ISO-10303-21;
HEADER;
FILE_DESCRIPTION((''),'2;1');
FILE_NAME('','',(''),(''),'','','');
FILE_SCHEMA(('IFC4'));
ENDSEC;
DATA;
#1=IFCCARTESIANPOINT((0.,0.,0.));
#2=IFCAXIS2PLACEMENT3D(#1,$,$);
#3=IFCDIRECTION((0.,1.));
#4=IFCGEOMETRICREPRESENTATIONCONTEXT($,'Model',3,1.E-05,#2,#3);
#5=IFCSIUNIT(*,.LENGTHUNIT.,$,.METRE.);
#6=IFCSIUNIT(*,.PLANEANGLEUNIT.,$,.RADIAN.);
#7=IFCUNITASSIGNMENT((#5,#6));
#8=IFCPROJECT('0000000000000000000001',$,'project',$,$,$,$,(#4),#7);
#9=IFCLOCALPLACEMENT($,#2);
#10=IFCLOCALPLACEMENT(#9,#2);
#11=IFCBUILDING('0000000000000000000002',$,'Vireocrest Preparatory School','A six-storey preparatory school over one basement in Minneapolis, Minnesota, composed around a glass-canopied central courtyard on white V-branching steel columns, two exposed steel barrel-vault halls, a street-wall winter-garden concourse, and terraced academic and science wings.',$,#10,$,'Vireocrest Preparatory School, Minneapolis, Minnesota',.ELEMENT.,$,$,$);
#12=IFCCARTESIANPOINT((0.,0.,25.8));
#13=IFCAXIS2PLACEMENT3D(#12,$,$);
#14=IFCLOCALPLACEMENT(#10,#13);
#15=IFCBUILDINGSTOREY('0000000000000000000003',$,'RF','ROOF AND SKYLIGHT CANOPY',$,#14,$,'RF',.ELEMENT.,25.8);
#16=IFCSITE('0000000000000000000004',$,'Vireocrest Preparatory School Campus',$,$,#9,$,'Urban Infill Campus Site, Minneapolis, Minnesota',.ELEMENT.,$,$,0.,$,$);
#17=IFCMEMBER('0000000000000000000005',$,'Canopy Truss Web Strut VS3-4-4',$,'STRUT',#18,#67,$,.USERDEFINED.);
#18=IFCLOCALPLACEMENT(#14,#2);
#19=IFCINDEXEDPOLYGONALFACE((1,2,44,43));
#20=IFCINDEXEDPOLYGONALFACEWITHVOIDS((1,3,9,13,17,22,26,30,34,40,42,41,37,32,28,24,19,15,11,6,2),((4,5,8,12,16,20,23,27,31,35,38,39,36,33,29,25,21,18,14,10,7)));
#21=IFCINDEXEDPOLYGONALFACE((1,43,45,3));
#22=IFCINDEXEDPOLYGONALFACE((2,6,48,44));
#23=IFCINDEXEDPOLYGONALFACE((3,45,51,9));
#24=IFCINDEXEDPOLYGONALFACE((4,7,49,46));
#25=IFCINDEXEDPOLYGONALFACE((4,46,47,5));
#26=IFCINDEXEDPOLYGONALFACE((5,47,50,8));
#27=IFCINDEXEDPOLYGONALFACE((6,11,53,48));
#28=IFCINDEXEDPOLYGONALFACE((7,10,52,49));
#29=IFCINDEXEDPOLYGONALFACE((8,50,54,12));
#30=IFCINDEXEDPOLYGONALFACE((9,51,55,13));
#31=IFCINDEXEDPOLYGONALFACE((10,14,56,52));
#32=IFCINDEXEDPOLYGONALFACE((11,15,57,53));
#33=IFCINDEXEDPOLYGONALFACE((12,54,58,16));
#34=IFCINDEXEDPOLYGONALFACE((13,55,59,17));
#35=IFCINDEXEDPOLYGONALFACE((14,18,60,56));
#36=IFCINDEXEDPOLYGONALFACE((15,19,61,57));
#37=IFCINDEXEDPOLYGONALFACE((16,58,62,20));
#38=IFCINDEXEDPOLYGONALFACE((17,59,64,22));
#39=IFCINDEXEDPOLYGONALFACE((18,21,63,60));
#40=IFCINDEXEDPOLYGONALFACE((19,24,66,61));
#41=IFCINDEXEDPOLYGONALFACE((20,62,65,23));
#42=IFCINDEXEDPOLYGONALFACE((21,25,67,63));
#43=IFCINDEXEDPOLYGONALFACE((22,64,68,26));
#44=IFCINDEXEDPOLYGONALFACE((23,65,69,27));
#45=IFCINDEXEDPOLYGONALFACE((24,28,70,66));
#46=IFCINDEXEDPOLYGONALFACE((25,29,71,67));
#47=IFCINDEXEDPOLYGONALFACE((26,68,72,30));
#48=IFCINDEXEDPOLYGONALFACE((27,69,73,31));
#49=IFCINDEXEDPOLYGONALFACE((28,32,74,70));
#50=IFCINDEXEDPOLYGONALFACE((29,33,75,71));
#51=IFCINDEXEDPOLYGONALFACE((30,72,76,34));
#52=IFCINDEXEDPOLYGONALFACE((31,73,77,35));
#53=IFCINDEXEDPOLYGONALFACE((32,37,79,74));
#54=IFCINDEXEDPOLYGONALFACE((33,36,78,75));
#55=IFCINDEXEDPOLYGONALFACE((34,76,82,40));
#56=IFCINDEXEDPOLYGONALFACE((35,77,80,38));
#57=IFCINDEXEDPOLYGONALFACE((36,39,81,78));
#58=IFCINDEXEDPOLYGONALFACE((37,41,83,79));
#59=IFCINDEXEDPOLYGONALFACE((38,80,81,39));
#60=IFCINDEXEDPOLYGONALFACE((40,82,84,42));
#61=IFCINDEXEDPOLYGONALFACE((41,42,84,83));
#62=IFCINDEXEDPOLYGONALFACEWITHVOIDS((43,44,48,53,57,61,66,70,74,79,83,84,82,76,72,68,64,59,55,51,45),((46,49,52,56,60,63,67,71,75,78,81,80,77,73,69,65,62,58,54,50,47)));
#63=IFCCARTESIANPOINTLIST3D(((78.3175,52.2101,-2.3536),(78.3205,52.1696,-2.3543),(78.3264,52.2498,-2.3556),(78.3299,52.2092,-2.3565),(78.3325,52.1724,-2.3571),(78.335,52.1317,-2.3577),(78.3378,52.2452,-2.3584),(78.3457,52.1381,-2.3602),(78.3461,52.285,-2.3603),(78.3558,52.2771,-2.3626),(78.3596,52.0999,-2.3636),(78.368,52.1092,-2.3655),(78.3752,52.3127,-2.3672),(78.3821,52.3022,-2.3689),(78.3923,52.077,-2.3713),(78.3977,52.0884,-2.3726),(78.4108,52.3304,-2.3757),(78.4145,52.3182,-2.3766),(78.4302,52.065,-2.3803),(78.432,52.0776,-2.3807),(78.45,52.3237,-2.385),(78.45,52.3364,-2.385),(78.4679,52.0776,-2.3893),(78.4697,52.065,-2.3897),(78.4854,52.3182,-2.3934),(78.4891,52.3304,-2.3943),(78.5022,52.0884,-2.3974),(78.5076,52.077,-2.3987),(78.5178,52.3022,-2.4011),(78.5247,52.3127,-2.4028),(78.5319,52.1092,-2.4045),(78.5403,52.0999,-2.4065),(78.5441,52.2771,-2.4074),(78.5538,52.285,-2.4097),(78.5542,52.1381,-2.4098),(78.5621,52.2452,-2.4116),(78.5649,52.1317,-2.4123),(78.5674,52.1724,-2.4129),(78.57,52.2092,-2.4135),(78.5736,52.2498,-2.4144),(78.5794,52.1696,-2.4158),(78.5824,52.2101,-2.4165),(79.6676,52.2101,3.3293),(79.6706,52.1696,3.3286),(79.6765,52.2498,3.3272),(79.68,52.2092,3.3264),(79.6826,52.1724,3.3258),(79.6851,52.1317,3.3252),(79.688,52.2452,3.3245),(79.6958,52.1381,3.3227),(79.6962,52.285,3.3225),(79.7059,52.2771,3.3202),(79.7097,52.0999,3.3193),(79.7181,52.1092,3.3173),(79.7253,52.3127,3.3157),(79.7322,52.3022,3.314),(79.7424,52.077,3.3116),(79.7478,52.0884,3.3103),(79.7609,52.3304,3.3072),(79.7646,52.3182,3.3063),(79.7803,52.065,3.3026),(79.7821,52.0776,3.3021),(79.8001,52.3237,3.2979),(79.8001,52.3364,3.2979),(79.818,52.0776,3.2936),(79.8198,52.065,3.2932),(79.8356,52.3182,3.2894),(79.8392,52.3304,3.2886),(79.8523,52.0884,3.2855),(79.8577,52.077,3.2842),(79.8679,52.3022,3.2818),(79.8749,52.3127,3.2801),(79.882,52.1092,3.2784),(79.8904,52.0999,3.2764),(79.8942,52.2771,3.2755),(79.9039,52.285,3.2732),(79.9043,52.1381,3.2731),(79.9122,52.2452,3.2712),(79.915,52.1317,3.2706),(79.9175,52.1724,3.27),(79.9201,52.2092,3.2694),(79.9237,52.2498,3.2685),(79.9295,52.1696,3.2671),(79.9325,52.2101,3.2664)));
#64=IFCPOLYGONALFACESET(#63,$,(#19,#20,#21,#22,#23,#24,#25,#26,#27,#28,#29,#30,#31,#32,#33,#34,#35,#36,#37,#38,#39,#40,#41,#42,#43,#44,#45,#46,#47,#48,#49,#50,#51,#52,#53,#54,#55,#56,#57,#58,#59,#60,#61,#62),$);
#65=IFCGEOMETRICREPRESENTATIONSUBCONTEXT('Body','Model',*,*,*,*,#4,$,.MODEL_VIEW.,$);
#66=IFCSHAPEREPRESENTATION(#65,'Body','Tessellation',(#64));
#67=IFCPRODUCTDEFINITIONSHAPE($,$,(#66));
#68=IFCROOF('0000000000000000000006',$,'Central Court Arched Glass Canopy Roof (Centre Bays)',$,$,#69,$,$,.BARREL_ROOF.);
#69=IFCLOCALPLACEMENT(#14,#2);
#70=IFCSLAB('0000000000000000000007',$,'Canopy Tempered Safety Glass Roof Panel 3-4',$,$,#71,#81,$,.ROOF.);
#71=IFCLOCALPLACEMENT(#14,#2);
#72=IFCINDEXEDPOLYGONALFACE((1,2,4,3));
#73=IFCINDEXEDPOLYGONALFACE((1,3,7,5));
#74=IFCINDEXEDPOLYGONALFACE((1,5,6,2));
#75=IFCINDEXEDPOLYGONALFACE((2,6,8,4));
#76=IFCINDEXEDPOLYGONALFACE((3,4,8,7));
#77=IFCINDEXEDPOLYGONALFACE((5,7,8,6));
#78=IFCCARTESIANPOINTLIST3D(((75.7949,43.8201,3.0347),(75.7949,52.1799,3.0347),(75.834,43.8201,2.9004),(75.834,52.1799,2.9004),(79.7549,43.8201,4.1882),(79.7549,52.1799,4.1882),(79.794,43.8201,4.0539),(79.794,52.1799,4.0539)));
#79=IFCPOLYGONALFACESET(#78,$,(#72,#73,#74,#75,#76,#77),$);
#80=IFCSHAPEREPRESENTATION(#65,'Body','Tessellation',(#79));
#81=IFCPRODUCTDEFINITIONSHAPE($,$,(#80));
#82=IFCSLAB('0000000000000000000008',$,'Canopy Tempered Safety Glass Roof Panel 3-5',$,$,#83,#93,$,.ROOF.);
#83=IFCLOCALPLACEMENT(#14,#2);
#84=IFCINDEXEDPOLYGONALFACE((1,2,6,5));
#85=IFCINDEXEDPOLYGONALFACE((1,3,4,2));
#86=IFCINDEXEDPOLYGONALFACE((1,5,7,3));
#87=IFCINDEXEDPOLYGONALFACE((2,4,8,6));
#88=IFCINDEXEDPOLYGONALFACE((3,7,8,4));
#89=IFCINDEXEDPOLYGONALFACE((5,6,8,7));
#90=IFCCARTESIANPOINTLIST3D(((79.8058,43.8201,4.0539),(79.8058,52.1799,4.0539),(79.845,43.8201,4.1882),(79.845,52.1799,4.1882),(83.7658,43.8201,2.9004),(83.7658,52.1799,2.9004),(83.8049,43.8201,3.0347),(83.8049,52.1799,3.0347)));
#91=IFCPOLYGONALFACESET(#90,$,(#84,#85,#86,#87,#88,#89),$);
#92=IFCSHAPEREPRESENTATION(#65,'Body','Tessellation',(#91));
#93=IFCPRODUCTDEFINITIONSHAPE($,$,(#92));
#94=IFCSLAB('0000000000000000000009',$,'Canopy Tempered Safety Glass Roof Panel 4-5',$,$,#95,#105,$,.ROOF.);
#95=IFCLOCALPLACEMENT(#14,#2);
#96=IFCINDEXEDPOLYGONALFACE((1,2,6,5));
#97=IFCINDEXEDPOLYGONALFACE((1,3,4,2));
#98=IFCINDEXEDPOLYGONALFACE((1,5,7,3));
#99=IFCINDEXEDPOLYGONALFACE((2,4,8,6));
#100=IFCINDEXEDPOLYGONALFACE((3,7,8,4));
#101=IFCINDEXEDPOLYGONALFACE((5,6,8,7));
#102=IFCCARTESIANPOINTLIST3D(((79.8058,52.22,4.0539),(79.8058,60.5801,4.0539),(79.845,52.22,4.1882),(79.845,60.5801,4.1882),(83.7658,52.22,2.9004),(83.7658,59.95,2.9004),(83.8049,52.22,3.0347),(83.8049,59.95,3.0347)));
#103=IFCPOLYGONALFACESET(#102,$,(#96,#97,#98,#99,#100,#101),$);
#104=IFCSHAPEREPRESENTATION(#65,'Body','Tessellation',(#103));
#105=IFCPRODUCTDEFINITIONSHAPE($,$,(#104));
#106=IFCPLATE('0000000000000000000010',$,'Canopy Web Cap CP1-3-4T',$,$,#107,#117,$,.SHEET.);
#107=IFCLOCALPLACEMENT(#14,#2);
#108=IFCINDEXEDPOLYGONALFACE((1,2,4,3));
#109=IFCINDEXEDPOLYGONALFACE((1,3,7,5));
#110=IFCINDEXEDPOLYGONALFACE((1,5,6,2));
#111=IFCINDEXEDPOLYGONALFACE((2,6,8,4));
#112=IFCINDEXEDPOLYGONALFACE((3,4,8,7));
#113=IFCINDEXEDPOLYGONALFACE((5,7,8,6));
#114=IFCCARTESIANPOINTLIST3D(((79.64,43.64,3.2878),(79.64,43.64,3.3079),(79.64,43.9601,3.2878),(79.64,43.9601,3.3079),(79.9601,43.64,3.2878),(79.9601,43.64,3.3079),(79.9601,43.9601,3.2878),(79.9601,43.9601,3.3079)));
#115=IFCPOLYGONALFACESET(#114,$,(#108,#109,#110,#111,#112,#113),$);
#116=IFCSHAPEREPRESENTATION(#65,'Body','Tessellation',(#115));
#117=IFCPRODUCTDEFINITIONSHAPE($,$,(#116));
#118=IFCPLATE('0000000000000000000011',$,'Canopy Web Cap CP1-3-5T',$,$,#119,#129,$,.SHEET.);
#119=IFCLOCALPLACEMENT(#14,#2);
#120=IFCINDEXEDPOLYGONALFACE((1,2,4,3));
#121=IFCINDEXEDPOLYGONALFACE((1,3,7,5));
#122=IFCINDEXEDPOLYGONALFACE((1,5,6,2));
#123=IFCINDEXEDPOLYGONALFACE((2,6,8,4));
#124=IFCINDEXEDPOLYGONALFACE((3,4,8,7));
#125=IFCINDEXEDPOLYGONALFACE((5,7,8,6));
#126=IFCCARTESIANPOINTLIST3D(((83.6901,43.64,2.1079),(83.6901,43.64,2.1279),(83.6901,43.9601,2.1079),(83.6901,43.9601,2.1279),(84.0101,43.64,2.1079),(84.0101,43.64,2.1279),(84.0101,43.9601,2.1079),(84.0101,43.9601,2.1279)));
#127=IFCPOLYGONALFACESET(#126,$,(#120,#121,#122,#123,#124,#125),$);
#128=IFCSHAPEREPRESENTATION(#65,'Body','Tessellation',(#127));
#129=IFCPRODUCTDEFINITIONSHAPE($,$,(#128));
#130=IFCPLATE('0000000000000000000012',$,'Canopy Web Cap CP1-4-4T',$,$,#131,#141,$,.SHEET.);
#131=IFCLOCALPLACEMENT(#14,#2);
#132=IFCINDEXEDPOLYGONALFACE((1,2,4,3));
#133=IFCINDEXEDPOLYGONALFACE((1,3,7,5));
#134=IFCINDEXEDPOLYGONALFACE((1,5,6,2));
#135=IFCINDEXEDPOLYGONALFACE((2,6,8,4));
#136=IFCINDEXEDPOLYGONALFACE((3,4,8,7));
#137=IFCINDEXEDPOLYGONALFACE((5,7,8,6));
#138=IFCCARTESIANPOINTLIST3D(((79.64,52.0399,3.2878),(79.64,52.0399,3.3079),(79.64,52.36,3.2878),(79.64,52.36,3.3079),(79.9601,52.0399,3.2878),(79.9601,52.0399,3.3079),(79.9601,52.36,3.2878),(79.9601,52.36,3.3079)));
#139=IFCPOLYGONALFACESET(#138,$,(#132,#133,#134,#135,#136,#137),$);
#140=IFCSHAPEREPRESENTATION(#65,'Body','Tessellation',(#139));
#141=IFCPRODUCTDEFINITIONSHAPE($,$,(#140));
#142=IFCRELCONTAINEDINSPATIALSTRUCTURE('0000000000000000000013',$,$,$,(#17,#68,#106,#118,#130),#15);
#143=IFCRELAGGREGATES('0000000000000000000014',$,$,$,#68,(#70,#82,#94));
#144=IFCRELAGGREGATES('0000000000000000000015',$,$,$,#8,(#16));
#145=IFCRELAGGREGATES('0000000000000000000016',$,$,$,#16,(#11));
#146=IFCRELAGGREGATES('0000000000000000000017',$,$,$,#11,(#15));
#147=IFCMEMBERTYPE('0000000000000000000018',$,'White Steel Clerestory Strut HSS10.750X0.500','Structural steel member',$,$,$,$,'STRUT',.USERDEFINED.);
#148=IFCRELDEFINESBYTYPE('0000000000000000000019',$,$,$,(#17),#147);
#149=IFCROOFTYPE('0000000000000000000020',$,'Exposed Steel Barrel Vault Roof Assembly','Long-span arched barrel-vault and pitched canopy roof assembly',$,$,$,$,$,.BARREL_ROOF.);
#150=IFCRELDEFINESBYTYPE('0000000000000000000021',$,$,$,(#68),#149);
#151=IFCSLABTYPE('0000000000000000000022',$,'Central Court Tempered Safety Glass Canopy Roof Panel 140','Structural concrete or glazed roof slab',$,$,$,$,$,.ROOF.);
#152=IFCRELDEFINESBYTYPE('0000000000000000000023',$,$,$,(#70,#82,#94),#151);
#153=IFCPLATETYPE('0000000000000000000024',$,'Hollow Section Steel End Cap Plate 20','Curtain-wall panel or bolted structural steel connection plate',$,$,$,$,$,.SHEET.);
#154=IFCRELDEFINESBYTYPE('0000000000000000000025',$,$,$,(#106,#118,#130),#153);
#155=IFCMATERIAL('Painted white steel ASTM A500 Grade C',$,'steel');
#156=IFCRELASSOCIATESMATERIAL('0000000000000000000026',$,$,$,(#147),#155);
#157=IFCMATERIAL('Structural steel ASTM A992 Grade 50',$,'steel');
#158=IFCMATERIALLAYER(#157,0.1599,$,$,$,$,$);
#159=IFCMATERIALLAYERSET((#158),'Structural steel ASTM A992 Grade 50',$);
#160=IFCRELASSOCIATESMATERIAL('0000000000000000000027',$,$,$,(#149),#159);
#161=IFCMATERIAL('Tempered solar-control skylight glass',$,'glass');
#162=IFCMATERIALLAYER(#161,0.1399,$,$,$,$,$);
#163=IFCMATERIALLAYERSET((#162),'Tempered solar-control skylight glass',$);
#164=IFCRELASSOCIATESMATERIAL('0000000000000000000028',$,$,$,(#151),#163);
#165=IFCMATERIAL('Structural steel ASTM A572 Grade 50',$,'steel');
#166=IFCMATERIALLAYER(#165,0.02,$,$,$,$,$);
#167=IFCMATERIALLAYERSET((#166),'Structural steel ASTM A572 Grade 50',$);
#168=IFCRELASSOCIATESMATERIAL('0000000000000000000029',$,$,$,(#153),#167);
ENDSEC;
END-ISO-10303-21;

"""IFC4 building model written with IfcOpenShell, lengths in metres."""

from ifc_helpers import new_model, si_unit, direction, frame, origin, origin_2d, place, context, subcontext, project, spatial, polyline, rectangle, hollow_circle, outline, extrude, material, layer, layer_set, material_profile, profile_set, type_object, element, aggregate, save


model = new_model("IFC4")

# Units and contexts
model_context = context("Model", 3, precision=1e-05, world=origin(), true_north=direction((0.0, 1.0)))
body_context = subcontext(model_context, "Body", "Model", "MODEL_VIEW")
ifc_project = project(units=[si_unit("LENGTHUNIT", "METRE"), si_unit("PLANEANGLEUNIT", "RADIAN")], contexts=[model_context])

# Site, building, storey
site_placement = place(None, origin())
site = spatial("IfcSite", under=ifc_project, at=site_placement, Name="Vireocrest Preparatory School Campus", LongName="Urban Infill Campus Site, Minneapolis, Minnesota", CompositionType="ELEMENT", RefElevation=0.0)
building_placement = place(site_placement, origin())
building = spatial("IfcBuilding", under=site, at=building_placement, Name="Vireocrest Preparatory School", Description="A six-storey preparatory school over one basement in Minneapolis, Minnesota, composed around a glass-canopied central courtyard on white V-branching steel columns, two exposed steel barrel-vault halls, a street-wall winter-garden concourse, and terraced academic and science wings.", LongName="Vireocrest Preparatory School, Minneapolis, Minnesota", CompositionType="ELEMENT")
storey_placement = place(building_placement, frame((0.0, 0.0, 25.8)))
storey = spatial("IfcBuildingStorey", under=building, at=storey_placement, Name="RF", Description="ROOF AND SKYLIGHT CANOPY", LongName="RF", CompositionType="ELEMENT", Elevation=25.8)

# Shared definitions
ifc_material_1 = material(Name="Painted white steel ASTM A500 Grade C", Category="steel")
ifc_material_2 = material(Name="Structural steel ASTM A992 Grade 50", Category="steel")

# Member
ifc_material_profile_1 = material_profile(ifc_material_1, hollow_circle(Radius=0.1365, WallThickness=0.0127, at=origin_2d()), Name="HSS10.750X0.500")
ifc_profile_set_1 = profile_set([ifc_material_profile_1], Name="Painted white steel ASTM A500 Grade C")
member_type_1 = type_object("IfcMemberType", Name="White Steel Clerestory Strut HSS10.750X0.500", Description="Structural steel member", ElementType="STRUT", PredefinedType="USERDEFINED", material=ifc_profile_set_1)
member_1_placement = place(storey_placement, frame((78.45, 52.2, -2.385), z_axis=(0.23114, 0.0, 0.97292), x_axis=(0.0, 1.0, 0.0)))
element("IfcMember", 1, at=member_1_placement, inside=storey, type_object=member_type_1, Name="Canopy Truss Web Strut VS3-4-4", ObjectType="STRUT", PredefinedType="USERDEFINED", context=body_context, shape_type="SweptSolid", body=[
    extrude(hollow_circle(Radius=0.1365, WallThickness=0.0127, at=origin_2d()), origin(), (0.0, 0.0, 1.0), 5.8411),
])

# Roof, slabs
ifc_layer_1 = layer(ifc_material_2, 0.1599)
ifc_layer_set_1 = layer_set([ifc_layer_1], Name="Structural steel ASTM A992 Grade 50")
roof_type = type_object("IfcRoofType", Name="Exposed Steel Barrel Vault Roof Assembly", Description="Long-span arched barrel-vault and pitched canopy roof assembly", PredefinedType="BARREL_ROOF", material=ifc_layer_set_1)
roof_placement = place(storey_placement, origin())
roof = element("IfcRoof", 2, at=roof_placement, inside=storey, type_object=roof_type, Name="Central Court Arched Glass Canopy Roof (Centre Bays)", PredefinedType="BARREL_ROOF")
ifc_material_3 = material(Name="Tempered solar-control skylight glass", Category="glass")
ifc_layer_2 = layer(ifc_material_3, 0.1399)
ifc_layer_set_2 = layer_set([ifc_layer_2], Name="Tempered solar-control skylight glass")
slab_type = type_object("IfcSlabType", Name="Central Court Tempered Safety Glass Canopy Roof Panel 140", Description="Structural concrete or glazed roof slab", PredefinedType="ROOF", material=ifc_layer_set_2)
slab_1_placement = place(storey_placement, frame((75.7949, 43.8201, 3.0347), z_axis=(-0.279682, 0.0, 0.960093), x_axis=(0.960093, 0.0, 0.279682)))
slab_1 = element("IfcSlab", 3, at=slab_1_placement, type_object=slab_type, Name="Canopy Tempered Safety Glass Roof Panel 3-4", PredefinedType="ROOF", context=body_context, shape_type="SweptSolid", body=[
    extrude(outline(polyline([(0.0, 0.0), (4.1246, 0.0), (4.1246, 8.3599), (0.0, 8.3599), (0.0, 0.0)])), origin(), (0.0, 0.0, -1.0), 0.1399),
])
slab_2_placement = place(storey_placement, frame((79.845, 43.8201, 4.1882), z_axis=(0.279682, 0.0, 0.960093), x_axis=(0.960093, 0.0, -0.279682)))
slab_2 = element("IfcSlab", 4, at=slab_2_placement, type_object=slab_type, Name="Canopy Tempered Safety Glass Roof Panel 3-5", PredefinedType="ROOF", context=body_context, shape_type="SweptSolid", body=[
    extrude(outline(polyline([(0.0, 0.0), (4.1246, 0.0), (4.1246, 8.3599), (0.0, 8.3599), (0.0, 0.0)])), origin(), (0.0, 0.0, -1.0), 0.1399),
])
slab_3_placement = place(storey_placement, frame((79.845, 52.22, 4.1882), z_axis=(0.279682, 0.0, 0.960093), x_axis=(0.960093, 0.0, -0.279682)))
slab_3 = element("IfcSlab", 5, at=slab_3_placement, type_object=slab_type, Name="Canopy Tempered Safety Glass Roof Panel 4-5", PredefinedType="ROOF", context=body_context, shape_type="SweptSolid", body=[
    extrude(outline(polyline([(0.0, 0.0), (4.1246, 0.0), (4.1246, 7.73), (0.0, 8.3601), (0.0, 0.0)])), origin(), (0.0, 0.0, -1.0), 0.1399),
])
aggregate(roof, [slab_1, slab_2, slab_3])

# Plates
ifc_material_4 = material(Name="Structural steel ASTM A572 Grade 50", Category="steel")
ifc_layer_3 = layer(ifc_material_4, 0.02)
ifc_layer_set_3 = layer_set([ifc_layer_3], Name="Structural steel ASTM A572 Grade 50")
plate_type = type_object("IfcPlateType", Name="Hollow Section Steel End Cap Plate 20", Description="Curtain-wall panel or bolted structural steel connection plate", PredefinedType="SHEET", material=ifc_layer_set_3)
for number, where, z_axis, x_axis, name in (
    (6, (79.8, 43.8, 3.2878), (0.0, 0.0, 1.0), (1.0, 0.0, 0.0), "Canopy Web Cap CP1-3-4T"),
    (7, (83.8501, 43.8, 2.1079), (0.0, 0.0, 1.0), (1.0, 0.0, 0.0), "Canopy Web Cap CP1-3-5T"),
    (8, (79.8, 52.2, 3.2878), (0.0, 0.0, 1.0), (1.0, 0.0, 0.0), "Canopy Web Cap CP1-4-4T"),
):
    element("IfcPlate", number, at=place(storey_placement, frame(where, z_axis=z_axis, x_axis=x_axis)), inside=storey, type_object=plate_type, Name=name, PredefinedType="SHEET", context=body_context, shape_type="SweptSolid", body=[
        extrude(rectangle(XDim=0.3201, YDim=0.3201, at=origin_2d()), origin(), (0.0, 0.0, 1.0), 0.02),
    ])

save(model, "model.ifc")
